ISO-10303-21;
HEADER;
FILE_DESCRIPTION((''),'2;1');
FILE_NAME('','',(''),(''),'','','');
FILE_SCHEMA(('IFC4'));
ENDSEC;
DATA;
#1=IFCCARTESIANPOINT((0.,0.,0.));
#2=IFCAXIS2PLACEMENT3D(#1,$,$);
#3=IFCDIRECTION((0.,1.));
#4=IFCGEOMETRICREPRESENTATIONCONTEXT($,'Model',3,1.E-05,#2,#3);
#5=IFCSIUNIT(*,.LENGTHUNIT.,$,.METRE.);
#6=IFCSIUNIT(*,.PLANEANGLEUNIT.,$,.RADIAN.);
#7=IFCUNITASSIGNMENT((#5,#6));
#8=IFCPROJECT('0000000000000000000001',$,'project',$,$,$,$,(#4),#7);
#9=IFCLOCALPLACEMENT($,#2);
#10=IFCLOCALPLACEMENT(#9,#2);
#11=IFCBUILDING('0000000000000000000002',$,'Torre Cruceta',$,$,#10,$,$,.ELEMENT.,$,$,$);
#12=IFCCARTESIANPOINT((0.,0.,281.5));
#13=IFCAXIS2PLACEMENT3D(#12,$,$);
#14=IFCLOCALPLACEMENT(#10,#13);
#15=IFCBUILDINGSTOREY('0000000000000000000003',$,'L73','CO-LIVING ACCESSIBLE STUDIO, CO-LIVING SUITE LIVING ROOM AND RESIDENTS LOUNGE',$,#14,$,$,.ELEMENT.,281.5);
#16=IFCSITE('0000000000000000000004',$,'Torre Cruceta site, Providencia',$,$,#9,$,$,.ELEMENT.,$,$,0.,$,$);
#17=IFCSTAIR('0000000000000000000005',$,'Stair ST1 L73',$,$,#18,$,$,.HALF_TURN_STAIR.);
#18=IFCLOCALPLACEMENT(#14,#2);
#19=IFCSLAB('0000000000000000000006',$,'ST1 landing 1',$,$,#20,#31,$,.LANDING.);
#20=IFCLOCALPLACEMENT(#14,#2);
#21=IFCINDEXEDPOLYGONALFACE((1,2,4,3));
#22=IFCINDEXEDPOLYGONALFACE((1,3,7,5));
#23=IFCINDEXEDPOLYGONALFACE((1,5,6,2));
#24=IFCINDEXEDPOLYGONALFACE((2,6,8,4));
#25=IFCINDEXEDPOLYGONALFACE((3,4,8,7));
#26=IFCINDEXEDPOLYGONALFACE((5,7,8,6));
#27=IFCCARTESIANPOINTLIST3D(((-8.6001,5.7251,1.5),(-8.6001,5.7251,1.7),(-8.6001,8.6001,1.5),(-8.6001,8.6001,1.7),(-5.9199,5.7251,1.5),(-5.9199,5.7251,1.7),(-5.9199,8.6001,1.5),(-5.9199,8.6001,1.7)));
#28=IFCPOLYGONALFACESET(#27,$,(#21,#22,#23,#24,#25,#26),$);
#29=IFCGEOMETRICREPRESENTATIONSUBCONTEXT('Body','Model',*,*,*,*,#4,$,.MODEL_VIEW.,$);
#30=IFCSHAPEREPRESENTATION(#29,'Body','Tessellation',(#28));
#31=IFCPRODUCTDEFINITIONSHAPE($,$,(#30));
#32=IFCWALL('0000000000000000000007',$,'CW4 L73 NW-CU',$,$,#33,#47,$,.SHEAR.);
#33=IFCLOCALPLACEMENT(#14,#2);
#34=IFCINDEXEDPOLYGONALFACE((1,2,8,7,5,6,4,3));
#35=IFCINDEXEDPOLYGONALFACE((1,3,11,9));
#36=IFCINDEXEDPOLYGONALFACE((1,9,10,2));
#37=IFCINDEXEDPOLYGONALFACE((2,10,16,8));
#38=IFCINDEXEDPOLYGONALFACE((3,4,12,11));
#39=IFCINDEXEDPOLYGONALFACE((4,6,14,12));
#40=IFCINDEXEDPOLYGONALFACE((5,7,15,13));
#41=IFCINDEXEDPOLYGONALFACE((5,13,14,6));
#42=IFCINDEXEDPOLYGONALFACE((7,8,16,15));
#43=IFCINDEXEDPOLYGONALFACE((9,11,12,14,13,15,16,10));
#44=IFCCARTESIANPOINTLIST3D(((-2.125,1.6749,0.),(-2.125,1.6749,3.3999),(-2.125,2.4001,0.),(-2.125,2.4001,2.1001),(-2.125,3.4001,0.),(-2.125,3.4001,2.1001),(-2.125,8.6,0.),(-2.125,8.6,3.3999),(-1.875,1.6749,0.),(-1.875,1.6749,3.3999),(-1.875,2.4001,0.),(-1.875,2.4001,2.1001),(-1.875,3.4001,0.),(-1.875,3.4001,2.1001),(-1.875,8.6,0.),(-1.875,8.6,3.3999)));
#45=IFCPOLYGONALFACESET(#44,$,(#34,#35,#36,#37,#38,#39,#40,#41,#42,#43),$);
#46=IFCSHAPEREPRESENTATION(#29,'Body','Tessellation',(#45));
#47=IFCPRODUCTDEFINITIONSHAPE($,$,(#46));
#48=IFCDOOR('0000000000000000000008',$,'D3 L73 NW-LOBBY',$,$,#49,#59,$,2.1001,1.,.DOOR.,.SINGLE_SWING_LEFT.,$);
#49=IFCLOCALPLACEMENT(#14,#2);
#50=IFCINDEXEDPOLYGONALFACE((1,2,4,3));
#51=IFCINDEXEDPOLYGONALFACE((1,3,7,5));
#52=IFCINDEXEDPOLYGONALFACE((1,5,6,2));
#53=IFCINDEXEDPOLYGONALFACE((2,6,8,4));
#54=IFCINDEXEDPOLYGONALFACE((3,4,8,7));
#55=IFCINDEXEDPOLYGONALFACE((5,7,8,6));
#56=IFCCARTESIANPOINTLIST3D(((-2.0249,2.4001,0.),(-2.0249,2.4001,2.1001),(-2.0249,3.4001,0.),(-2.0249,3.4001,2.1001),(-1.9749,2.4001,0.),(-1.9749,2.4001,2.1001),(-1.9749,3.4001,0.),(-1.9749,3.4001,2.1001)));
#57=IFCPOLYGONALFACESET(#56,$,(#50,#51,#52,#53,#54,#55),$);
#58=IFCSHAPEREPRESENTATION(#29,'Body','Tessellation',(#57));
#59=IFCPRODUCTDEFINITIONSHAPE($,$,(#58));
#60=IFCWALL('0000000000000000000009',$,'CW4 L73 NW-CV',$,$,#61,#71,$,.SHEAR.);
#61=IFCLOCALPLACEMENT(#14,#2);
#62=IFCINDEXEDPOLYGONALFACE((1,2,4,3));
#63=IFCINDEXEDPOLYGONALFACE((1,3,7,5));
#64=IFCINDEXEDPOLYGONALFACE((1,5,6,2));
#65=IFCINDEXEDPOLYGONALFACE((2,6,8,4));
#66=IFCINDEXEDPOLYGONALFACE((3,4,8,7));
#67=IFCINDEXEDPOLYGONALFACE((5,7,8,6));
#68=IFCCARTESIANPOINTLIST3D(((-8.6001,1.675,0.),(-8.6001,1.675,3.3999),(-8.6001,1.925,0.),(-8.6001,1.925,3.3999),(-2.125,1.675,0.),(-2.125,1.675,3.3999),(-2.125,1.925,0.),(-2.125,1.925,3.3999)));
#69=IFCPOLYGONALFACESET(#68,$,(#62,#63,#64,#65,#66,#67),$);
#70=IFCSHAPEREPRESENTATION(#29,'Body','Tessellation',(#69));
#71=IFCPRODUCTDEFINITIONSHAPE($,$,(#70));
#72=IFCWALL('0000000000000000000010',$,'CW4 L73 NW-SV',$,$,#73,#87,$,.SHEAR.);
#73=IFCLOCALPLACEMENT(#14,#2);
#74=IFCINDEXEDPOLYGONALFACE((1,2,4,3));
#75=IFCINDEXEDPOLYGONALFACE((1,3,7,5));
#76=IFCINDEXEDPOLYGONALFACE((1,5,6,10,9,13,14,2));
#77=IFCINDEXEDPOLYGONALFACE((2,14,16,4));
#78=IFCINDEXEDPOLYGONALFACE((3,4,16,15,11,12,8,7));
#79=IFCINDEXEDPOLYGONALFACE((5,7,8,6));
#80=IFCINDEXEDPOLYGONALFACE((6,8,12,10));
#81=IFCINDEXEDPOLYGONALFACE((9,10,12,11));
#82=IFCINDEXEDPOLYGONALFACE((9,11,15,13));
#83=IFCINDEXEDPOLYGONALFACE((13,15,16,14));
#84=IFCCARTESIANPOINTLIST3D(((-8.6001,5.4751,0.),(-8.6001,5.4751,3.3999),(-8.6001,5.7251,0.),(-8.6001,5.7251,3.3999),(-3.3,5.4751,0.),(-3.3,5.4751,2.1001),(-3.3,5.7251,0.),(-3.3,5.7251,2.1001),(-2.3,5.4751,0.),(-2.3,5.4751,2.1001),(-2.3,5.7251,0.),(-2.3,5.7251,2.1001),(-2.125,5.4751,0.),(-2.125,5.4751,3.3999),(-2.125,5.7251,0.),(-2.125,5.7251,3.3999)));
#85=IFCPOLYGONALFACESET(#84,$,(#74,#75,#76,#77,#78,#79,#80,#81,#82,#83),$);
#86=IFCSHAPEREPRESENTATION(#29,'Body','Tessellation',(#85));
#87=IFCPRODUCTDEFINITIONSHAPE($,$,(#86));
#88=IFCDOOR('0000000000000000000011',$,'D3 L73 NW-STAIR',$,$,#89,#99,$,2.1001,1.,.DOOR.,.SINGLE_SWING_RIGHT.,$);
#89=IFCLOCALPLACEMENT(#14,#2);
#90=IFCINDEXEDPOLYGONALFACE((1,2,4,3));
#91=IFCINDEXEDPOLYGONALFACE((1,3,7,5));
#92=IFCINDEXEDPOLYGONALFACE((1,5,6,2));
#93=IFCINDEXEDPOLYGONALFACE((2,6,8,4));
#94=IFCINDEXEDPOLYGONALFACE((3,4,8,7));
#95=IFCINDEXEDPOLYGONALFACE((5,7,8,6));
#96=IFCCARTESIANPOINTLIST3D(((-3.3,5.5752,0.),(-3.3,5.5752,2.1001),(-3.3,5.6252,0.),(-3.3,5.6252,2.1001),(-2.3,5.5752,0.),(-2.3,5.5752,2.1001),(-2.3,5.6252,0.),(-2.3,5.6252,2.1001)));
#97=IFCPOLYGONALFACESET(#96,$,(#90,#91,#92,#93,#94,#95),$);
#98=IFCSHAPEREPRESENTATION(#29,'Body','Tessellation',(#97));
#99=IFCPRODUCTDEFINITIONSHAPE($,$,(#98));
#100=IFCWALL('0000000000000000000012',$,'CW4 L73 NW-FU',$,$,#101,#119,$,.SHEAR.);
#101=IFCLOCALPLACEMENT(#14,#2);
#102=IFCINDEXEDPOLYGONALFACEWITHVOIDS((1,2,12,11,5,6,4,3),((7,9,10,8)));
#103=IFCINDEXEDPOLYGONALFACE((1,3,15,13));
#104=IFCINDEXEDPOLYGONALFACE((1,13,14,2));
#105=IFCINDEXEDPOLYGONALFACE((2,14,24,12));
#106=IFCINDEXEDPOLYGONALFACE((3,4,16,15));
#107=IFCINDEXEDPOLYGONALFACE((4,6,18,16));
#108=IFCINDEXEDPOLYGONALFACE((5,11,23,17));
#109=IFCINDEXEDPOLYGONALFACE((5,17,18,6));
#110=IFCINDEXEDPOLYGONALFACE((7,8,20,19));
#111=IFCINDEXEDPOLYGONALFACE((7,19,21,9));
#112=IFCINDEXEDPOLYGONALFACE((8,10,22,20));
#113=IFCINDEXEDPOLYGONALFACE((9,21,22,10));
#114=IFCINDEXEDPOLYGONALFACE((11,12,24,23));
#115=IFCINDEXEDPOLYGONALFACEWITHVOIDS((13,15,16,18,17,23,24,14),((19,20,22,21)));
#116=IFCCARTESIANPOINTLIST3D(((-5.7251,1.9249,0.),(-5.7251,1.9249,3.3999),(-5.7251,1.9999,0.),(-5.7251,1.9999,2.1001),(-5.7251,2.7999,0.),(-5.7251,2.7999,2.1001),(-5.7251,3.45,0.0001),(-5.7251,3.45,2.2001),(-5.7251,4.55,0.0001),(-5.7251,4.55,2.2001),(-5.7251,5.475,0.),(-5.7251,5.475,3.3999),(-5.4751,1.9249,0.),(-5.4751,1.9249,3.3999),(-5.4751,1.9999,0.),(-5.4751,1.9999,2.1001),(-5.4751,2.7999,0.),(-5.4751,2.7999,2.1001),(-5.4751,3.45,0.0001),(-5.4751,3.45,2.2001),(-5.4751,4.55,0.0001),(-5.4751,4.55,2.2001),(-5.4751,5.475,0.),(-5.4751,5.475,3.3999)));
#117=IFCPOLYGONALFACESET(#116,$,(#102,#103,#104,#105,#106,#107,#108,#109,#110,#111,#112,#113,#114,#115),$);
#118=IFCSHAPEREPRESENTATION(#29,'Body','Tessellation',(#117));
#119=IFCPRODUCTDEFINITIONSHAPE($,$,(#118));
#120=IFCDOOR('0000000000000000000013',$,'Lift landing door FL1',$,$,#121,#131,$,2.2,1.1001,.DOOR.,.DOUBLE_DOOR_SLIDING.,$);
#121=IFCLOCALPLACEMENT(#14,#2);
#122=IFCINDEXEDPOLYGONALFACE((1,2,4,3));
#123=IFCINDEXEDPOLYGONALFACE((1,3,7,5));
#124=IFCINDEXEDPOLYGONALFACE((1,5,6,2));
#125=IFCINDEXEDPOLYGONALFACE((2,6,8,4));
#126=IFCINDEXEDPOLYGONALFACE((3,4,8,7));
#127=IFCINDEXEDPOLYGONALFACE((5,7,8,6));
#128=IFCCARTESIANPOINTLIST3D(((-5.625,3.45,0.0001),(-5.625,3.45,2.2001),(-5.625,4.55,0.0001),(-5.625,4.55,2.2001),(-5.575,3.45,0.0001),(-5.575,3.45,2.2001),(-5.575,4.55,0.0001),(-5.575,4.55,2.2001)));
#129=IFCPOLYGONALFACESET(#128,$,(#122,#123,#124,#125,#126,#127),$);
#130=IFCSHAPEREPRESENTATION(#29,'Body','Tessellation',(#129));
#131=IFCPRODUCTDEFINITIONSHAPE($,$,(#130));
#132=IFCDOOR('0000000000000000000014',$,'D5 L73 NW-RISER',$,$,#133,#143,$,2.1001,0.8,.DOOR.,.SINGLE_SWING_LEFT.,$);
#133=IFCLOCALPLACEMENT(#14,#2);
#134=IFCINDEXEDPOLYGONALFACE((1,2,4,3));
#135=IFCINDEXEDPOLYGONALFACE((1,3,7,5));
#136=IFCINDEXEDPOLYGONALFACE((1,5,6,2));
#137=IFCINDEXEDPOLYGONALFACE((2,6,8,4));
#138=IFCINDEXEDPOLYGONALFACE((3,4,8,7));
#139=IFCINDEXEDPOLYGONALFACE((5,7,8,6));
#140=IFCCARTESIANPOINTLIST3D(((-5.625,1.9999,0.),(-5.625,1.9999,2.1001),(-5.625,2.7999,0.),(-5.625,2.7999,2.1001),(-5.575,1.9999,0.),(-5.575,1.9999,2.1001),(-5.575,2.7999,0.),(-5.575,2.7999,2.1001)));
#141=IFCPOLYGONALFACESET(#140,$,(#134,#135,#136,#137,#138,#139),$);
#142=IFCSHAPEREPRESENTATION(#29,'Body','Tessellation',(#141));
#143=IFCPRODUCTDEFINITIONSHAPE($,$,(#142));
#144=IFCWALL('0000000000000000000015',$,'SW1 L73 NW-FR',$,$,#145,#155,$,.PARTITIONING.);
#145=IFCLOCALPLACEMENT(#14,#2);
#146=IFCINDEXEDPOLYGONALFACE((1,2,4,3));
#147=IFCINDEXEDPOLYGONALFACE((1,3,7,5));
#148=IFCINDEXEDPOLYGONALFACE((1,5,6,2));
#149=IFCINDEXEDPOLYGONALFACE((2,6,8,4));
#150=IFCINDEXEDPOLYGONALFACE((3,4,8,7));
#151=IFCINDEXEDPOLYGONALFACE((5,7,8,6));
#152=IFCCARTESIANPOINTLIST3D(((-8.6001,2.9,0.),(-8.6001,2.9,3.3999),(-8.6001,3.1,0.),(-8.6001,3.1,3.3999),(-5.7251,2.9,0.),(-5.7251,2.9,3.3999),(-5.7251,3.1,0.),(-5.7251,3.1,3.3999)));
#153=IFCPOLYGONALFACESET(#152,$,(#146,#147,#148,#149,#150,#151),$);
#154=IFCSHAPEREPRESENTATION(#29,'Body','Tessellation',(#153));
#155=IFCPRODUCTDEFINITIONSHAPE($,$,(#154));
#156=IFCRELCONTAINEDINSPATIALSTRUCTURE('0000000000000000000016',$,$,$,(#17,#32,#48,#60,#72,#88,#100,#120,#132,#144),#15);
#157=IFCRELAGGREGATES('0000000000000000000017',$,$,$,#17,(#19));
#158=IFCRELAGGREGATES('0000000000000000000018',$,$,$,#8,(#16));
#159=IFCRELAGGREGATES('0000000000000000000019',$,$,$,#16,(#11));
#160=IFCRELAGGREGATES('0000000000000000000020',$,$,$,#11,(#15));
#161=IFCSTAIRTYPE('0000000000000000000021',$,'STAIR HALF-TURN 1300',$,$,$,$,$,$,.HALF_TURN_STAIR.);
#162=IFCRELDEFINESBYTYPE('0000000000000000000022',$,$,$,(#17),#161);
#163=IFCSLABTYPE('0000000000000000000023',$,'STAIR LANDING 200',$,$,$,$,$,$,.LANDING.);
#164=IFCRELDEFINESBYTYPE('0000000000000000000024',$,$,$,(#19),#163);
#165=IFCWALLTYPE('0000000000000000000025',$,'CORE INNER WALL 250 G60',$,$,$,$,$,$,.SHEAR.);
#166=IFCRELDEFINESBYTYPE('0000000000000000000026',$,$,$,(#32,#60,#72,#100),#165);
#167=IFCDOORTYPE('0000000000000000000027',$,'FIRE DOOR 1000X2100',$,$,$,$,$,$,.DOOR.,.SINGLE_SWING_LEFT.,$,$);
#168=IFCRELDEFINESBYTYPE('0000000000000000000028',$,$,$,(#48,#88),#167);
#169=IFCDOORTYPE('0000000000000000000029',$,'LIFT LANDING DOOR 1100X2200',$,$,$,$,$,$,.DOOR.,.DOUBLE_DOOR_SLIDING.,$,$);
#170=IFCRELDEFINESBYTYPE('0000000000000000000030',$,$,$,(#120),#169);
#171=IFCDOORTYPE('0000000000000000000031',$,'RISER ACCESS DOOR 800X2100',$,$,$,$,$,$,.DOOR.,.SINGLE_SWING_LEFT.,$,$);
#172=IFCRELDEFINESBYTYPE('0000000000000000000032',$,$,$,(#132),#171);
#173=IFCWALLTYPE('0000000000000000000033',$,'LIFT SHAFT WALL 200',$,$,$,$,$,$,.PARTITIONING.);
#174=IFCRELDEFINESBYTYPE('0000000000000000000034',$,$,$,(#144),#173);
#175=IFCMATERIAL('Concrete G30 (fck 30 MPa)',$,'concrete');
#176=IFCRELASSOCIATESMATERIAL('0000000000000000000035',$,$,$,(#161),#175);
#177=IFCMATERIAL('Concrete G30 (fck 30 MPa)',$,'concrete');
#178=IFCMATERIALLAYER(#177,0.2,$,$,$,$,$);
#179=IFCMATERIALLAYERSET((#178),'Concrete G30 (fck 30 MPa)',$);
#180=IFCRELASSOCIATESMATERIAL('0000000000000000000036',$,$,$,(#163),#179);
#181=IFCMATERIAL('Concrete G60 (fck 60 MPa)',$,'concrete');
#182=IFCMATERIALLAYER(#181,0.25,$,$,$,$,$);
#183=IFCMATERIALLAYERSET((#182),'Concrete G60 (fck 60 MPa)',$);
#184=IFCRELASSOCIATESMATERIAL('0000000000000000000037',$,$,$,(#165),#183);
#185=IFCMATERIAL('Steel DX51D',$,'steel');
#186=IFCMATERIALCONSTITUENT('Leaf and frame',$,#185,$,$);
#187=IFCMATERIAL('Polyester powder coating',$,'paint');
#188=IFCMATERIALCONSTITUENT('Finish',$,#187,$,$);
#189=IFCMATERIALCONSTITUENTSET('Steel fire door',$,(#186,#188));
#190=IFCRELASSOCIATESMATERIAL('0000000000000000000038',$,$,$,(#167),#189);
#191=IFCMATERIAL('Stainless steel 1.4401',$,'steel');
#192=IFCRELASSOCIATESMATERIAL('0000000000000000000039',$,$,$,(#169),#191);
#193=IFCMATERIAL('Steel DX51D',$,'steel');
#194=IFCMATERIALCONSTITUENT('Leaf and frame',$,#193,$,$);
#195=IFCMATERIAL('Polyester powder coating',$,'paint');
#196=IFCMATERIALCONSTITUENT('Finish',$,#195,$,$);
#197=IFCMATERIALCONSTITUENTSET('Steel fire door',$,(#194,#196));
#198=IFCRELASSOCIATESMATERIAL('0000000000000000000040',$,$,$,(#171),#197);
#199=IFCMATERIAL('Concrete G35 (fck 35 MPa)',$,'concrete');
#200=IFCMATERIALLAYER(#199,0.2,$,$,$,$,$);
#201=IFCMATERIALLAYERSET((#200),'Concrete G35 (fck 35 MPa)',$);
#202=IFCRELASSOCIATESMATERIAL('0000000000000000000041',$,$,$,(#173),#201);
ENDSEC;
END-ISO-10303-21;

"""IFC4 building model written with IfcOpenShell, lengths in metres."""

from ifc_helpers import new_model, si_unit, direction, frame, frame_2d, origin, place, context, subcontext, project, spatial, polyline, rectangle, outline, extrude, material, layer, layer_set, constituent, constituent_set, type_object, element, fill, aggregate, save


model = new_model("IFC4")

# Units and contexts
model_context = context("Model", 3, precision=1e-05, world=origin(), true_north=direction((0.0, 1.0)))
body_context = subcontext(model_context, "Body", "Model", "MODEL_VIEW")
ifc_project = project(units=[si_unit("LENGTHUNIT", "METRE"), si_unit("PLANEANGLEUNIT", "RADIAN")], contexts=[model_context])

# Site, building, storey
site_placement = place(None, origin())
site = spatial("IfcSite", under=ifc_project, at=site_placement, Name="Torre Cruceta site, Providencia", CompositionType="ELEMENT", RefElevation=0.0)
building_placement = place(site_placement, origin())
building = spatial("IfcBuilding", under=site, at=building_placement, Name="Torre Cruceta", CompositionType="ELEMENT")
storey_placement = place(building_placement, frame((0.0, 0.0, 281.5)))
storey = spatial("IfcBuildingStorey", under=building, at=storey_placement, Name="L73", Description="CO-LIVING ACCESSIBLE STUDIO, CO-LIVING SUITE LIVING ROOM AND RESIDENTS LOUNGE", CompositionType="ELEMENT", Elevation=281.5)

# Stair, slab
ifc_material_1 = material(Name="Concrete G30 (fck 30 MPa)", Category="concrete")
stair_type = type_object("IfcStairType", Name="STAIR HALF-TURN 1300", PredefinedType="HALF_TURN_STAIR", material=ifc_material_1)
stair_placement = place(storey_placement, origin())
stair = element("IfcStair", 1, at=stair_placement, inside=storey, type_object=stair_type, Name="Stair ST1 L73", PredefinedType="HALF_TURN_STAIR")
ifc_material_2 = material(Name="Concrete G30 (fck 30 MPa)", Category="concrete")
ifc_layer_1 = layer(ifc_material_2, 0.2)
ifc_layer_set_1 = layer_set([ifc_layer_1], Name="Concrete G30 (fck 30 MPa)")
slab_type_1 = type_object("IfcSlabType", Name="STAIR LANDING 200", PredefinedType="LANDING", material=ifc_layer_set_1)
slab_1_placement = place(storey_placement, frame((0.0, 0.0, 1.5)))
slab_1 = element("IfcSlab", 2, at=slab_1_placement, type_object=slab_type_1, Name="ST1 landing 1", PredefinedType="LANDING", context=body_context, shape_type="SweptSolid", body=[
    extrude(outline(polyline([(-8.6001, 5.7251), (-5.9199, 5.7251), (-5.9199, 8.6001), (-8.6001, 8.6001), (-8.6001, 5.7251)])), origin(), (0.0, 0.0, 1.0), 0.2),
])

# Wall, opening, door
ifc_material_3 = material(Name="Concrete G60 (fck 60 MPa)", Category="concrete")
ifc_layer_2 = layer(ifc_material_3, 0.25)
ifc_layer_set_2 = layer_set([ifc_layer_2], Name="Concrete G60 (fck 60 MPa)")
wall_type_1 = type_object("IfcWallType", Name="CORE INNER WALL 250 G60", PredefinedType="SHEAR", material=ifc_layer_set_2)
wall_1_placement = place(storey_placement, frame((-2.0, 1.675, 0.0), z_axis=(0.0, 0.0, 1.0), x_axis=(0.0, 1.0, 0.0)))
wall_1 = element("IfcWall", 3, at=wall_1_placement, inside=storey, type_object=wall_type_1, Name="CW4 L73 NW-CU", PredefinedType="SHEAR", context=body_context, shape_type="SweptSolid", body=[
    extrude(rectangle(XDim=6.925, YDim=0.25, at=frame_2d((3.4624, 0.0))), origin(), (0.0, 0.0, 1.0), 3.3999),
])
opening_1_placement = place(wall_1_placement, frame((0.7251, 0.0, 0.0)))
opening_1 = element("IfcOpeningElement", 4, at=opening_1_placement, cuts=wall_1, PredefinedType="OPENING", context=body_context, shape_type="SweptSolid", body=[
    extrude(rectangle(XDim=1.0, YDim=2.1001, at=frame_2d((0.5, 1.05))), frame((0.0, 0.135, 0.0), z_axis=(0.0, -1.0, 0.0), x_axis=(1.0, 0.0, 0.0)), (0.0, 0.0, 1.0), 0.27),
])
ifc_material_4 = material(Name="Steel DX51D", Category="steel")
ifc_constituent_1 = constituent(ifc_material_4, Name="Leaf and frame")
ifc_material_5 = material(Name="Polyester powder coating", Category="paint")
ifc_constituent_2 = constituent(ifc_material_5, Name="Finish")
ifc_constituent_set_1 = constituent_set(constituents=[ifc_constituent_1, ifc_constituent_2], Name="Steel fire door")
door_type_1 = type_object("IfcDoorType", Name="FIRE DOOR 1000X2100", OperationType="SINGLE_SWING_LEFT", PredefinedType="DOOR", material=ifc_constituent_set_1)
door_1_placement = place(opening_1_placement, origin())
door_1 = element("IfcDoor", 5, at=door_1_placement, inside=storey, type_object=door_type_1, Name="D3 L73 NW-LOBBY", OperationType="SINGLE_SWING_LEFT", OverallHeight=2.1001, OverallWidth=1.0, PredefinedType="DOOR", context=body_context, shape_type="SweptSolid", body=[
    extrude(rectangle(XDim=1.0, YDim=2.1001, at=frame_2d((0.5, 1.05))), frame((0.0, 0.0249, 0.0), z_axis=(0.0, -1.0, 0.0), x_axis=(1.0, 0.0, 0.0)), (0.0, 0.0, 1.0), 0.05),
])
fill(opening_1, door_1)

# Wall
wall_2_placement = place(storey_placement, frame((-2.125, 1.8, 0.0), z_axis=(0.0, 0.0, 1.0), x_axis=(-1.0, 0.0, 0.0)))
element("IfcWall", 6, at=wall_2_placement, inside=storey, type_object=wall_type_1, Name="CW4 L73 NW-CV", PredefinedType="SHEAR", context=body_context, shape_type="SweptSolid", body=[
    extrude(rectangle(XDim=6.4751, YDim=0.25, at=frame_2d((3.2375, 0.0))), origin(), (0.0, 0.0, 1.0), 3.3999),
])

# Wall, opening, door
wall_3_placement = place(storey_placement, frame((-2.125, 5.6001, 0.0), z_axis=(0.0, 0.0, 1.0), x_axis=(-1.0, 0.0, 0.0)))
wall_3 = element("IfcWall", 7, at=wall_3_placement, inside=storey, type_object=wall_type_1, Name="CW4 L73 NW-SV", PredefinedType="SHEAR", context=body_context, shape_type="SweptSolid", body=[
    extrude(rectangle(XDim=6.4751, YDim=0.25, at=frame_2d((3.2375, 0.0))), origin(), (0.0, 0.0, 1.0), 3.3999),
])
opening_2_placement = place(wall_3_placement, frame((0.175, 0.0, 0.0)))
opening_2 = element("IfcOpeningElement", 8, at=opening_2_placement, cuts=wall_3, PredefinedType="OPENING", context=body_context, shape_type="SweptSolid", body=[
    extrude(rectangle(XDim=1.0, YDim=2.1001, at=frame_2d((0.5, 1.05))), frame((0.0, 0.135, 0.0), z_axis=(0.0, -1.0, 0.0), x_axis=(1.0, 0.0, 0.0)), (0.0, 0.0, 1.0), 0.27),
])
door_2_placement = place(opening_2_placement, frame((1.0, 0.0, 0.0), z_axis=(0.0, 0.0, 1.0), x_axis=(-1.0, 0.0, 0.0)))
door_2 = element("IfcDoor", 9, at=door_2_placement, inside=storey, type_object=door_type_1, Name="D3 L73 NW-STAIR", OperationType="SINGLE_SWING_RIGHT", OverallHeight=2.1001, OverallWidth=1.0, PredefinedType="DOOR", context=body_context, shape_type="SweptSolid", body=[
    extrude(rectangle(XDim=1.0, YDim=2.1001, at=frame_2d((0.5, 1.05))), frame((0.0, 0.0251, 0.0), z_axis=(0.0, -1.0, 0.0), x_axis=(1.0, 0.0, 0.0)), (0.0, 0.0, 1.0), 0.05),
])
fill(opening_2, door_2)

# Wall, openings, doors
wall_4_placement = place(storey_placement, frame((-5.6001, 1.925, 0.0), z_axis=(0.0, 0.0, 1.0), x_axis=(0.0, 1.0, 0.0)))
wall_4 = element("IfcWall", 10, at=wall_4_placement, inside=storey, type_object=wall_type_1, Name="CW4 L73 NW-FU", PredefinedType="SHEAR", context=body_context, shape_type="SweptSolid", body=[
    extrude(rectangle(XDim=3.55, YDim=0.25, at=frame_2d((1.7749, 0.0))), origin(), (0.0, 0.0, 1.0), 3.3999),
])
opening_3_placement = place(wall_4_placement, frame((1.5249, 0.0, 0.0)))
opening_3 = element("IfcOpeningElement", 11, at=opening_3_placement, cuts=wall_4, PredefinedType="OPENING", context=body_context, shape_type="SweptSolid", body=[
    extrude(rectangle(XDim=1.1001, YDim=2.2, at=frame_2d((0.55, 1.1001))), frame((0.0, 0.135, 0.0), z_axis=(0.0, -1.0, 0.0), x_axis=(1.0, 0.0, 0.0)), (0.0, 0.0, 1.0), 0.27),
])
opening_4_placement = place(wall_4_placement, frame((0.075, 0.0, 0.0)))
opening_4 = element("IfcOpeningElement", 12, at=opening_4_placement, cuts=wall_4, PredefinedType="OPENING", context=body_context, shape_type="SweptSolid", body=[
    extrude(rectangle(XDim=0.8, YDim=2.1001, at=frame_2d((0.3999, 1.05))), frame((0.0, 0.135, 0.0), z_axis=(0.0, -1.0, 0.0), x_axis=(1.0, 0.0, 0.0)), (0.0, 0.0, 1.0), 0.27),
])
ifc_material_6 = material(Name="Stainless steel 1.4401", Category="steel")
door_type_2 = type_object("IfcDoorType", Name="LIFT LANDING DOOR 1100X2200", OperationType="DOUBLE_DOOR_SLIDING", PredefinedType="DOOR", material=ifc_material_6)
door_3_placement = place(opening_3_placement, origin())
door_3 = element("IfcDoor", 13, at=door_3_placement, inside=storey, type_object=door_type_2, Name="Lift landing door FL1", OperationType="DOUBLE_DOOR_SLIDING", OverallHeight=2.2, OverallWidth=1.1001, PredefinedType="DOOR", context=body_context, shape_type="SweptSolid", body=[
    extrude(rectangle(XDim=1.1001, YDim=2.2, at=frame_2d((0.55, 1.1001))), frame((0.0, 0.0249, 0.0), z_axis=(0.0, -1.0, 0.0), x_axis=(1.0, 0.0, 0.0)), (0.0, 0.0, 1.0), 0.05),
])
fill(opening_3, door_3)
ifc_material_7 = material(Name="Steel DX51D", Category="steel")
ifc_constituent_3 = constituent(ifc_material_7, Name="Leaf and frame")
ifc_material_8 = material(Name="Polyester powder coating", Category="paint")
ifc_constituent_4 = constituent(ifc_material_8, Name="Finish")
ifc_constituent_set_2 = constituent_set(constituents=[ifc_constituent_3, ifc_constituent_4], Name="Steel fire door")
door_type_3 = type_object("IfcDoorType", Name="RISER ACCESS DOOR 800X2100", OperationType="SINGLE_SWING_LEFT", PredefinedType="DOOR", material=ifc_constituent_set_2)
door_4_placement = place(opening_4_placement, origin())
door_4 = element("IfcDoor", 14, at=door_4_placement, inside=storey, type_object=door_type_3, Name="D5 L73 NW-RISER", OperationType="SINGLE_SWING_LEFT", OverallHeight=2.1001, OverallWidth=0.8, PredefinedType="DOOR", context=body_context, shape_type="SweptSolid", body=[
    extrude(rectangle(XDim=0.8, YDim=2.1001, at=frame_2d((0.3999, 1.05))), frame((0.0, 0.0249, 0.0), z_axis=(0.0, -1.0, 0.0), x_axis=(1.0, 0.0, 0.0)), (0.0, 0.0, 1.0), 0.05),
])
fill(opening_4, door_4)

# Wall
ifc_material_9 = material(Name="Concrete G35 (fck 35 MPa)", Category="concrete")
ifc_layer_3 = layer(ifc_material_9, 0.2)
ifc_layer_set_3 = layer_set([ifc_layer_3], Name="Concrete G35 (fck 35 MPa)")
wall_type_2 = type_object("IfcWallType", Name="LIFT SHAFT WALL 200", PredefinedType="PARTITIONING", material=ifc_layer_set_3)
wall_5_placement = place(storey_placement, frame((-5.7251, 3.0, 0.0), z_axis=(0.0, 0.0, 1.0), x_axis=(-1.0, 0.0, 0.0)))
element("IfcWall", 15, at=wall_5_placement, inside=storey, type_object=wall_type_2, Name="SW1 L73 NW-FR", PredefinedType="PARTITIONING", context=body_context, shape_type="SweptSolid", body=[
    extrude(rectangle(XDim=2.875, YDim=0.2, at=frame_2d((1.4375, 0.0))), origin(), (0.0, 0.0, 1.0), 3.3999),
])

aggregate(stair, [slab_1])

save(model, "model.ifc")
